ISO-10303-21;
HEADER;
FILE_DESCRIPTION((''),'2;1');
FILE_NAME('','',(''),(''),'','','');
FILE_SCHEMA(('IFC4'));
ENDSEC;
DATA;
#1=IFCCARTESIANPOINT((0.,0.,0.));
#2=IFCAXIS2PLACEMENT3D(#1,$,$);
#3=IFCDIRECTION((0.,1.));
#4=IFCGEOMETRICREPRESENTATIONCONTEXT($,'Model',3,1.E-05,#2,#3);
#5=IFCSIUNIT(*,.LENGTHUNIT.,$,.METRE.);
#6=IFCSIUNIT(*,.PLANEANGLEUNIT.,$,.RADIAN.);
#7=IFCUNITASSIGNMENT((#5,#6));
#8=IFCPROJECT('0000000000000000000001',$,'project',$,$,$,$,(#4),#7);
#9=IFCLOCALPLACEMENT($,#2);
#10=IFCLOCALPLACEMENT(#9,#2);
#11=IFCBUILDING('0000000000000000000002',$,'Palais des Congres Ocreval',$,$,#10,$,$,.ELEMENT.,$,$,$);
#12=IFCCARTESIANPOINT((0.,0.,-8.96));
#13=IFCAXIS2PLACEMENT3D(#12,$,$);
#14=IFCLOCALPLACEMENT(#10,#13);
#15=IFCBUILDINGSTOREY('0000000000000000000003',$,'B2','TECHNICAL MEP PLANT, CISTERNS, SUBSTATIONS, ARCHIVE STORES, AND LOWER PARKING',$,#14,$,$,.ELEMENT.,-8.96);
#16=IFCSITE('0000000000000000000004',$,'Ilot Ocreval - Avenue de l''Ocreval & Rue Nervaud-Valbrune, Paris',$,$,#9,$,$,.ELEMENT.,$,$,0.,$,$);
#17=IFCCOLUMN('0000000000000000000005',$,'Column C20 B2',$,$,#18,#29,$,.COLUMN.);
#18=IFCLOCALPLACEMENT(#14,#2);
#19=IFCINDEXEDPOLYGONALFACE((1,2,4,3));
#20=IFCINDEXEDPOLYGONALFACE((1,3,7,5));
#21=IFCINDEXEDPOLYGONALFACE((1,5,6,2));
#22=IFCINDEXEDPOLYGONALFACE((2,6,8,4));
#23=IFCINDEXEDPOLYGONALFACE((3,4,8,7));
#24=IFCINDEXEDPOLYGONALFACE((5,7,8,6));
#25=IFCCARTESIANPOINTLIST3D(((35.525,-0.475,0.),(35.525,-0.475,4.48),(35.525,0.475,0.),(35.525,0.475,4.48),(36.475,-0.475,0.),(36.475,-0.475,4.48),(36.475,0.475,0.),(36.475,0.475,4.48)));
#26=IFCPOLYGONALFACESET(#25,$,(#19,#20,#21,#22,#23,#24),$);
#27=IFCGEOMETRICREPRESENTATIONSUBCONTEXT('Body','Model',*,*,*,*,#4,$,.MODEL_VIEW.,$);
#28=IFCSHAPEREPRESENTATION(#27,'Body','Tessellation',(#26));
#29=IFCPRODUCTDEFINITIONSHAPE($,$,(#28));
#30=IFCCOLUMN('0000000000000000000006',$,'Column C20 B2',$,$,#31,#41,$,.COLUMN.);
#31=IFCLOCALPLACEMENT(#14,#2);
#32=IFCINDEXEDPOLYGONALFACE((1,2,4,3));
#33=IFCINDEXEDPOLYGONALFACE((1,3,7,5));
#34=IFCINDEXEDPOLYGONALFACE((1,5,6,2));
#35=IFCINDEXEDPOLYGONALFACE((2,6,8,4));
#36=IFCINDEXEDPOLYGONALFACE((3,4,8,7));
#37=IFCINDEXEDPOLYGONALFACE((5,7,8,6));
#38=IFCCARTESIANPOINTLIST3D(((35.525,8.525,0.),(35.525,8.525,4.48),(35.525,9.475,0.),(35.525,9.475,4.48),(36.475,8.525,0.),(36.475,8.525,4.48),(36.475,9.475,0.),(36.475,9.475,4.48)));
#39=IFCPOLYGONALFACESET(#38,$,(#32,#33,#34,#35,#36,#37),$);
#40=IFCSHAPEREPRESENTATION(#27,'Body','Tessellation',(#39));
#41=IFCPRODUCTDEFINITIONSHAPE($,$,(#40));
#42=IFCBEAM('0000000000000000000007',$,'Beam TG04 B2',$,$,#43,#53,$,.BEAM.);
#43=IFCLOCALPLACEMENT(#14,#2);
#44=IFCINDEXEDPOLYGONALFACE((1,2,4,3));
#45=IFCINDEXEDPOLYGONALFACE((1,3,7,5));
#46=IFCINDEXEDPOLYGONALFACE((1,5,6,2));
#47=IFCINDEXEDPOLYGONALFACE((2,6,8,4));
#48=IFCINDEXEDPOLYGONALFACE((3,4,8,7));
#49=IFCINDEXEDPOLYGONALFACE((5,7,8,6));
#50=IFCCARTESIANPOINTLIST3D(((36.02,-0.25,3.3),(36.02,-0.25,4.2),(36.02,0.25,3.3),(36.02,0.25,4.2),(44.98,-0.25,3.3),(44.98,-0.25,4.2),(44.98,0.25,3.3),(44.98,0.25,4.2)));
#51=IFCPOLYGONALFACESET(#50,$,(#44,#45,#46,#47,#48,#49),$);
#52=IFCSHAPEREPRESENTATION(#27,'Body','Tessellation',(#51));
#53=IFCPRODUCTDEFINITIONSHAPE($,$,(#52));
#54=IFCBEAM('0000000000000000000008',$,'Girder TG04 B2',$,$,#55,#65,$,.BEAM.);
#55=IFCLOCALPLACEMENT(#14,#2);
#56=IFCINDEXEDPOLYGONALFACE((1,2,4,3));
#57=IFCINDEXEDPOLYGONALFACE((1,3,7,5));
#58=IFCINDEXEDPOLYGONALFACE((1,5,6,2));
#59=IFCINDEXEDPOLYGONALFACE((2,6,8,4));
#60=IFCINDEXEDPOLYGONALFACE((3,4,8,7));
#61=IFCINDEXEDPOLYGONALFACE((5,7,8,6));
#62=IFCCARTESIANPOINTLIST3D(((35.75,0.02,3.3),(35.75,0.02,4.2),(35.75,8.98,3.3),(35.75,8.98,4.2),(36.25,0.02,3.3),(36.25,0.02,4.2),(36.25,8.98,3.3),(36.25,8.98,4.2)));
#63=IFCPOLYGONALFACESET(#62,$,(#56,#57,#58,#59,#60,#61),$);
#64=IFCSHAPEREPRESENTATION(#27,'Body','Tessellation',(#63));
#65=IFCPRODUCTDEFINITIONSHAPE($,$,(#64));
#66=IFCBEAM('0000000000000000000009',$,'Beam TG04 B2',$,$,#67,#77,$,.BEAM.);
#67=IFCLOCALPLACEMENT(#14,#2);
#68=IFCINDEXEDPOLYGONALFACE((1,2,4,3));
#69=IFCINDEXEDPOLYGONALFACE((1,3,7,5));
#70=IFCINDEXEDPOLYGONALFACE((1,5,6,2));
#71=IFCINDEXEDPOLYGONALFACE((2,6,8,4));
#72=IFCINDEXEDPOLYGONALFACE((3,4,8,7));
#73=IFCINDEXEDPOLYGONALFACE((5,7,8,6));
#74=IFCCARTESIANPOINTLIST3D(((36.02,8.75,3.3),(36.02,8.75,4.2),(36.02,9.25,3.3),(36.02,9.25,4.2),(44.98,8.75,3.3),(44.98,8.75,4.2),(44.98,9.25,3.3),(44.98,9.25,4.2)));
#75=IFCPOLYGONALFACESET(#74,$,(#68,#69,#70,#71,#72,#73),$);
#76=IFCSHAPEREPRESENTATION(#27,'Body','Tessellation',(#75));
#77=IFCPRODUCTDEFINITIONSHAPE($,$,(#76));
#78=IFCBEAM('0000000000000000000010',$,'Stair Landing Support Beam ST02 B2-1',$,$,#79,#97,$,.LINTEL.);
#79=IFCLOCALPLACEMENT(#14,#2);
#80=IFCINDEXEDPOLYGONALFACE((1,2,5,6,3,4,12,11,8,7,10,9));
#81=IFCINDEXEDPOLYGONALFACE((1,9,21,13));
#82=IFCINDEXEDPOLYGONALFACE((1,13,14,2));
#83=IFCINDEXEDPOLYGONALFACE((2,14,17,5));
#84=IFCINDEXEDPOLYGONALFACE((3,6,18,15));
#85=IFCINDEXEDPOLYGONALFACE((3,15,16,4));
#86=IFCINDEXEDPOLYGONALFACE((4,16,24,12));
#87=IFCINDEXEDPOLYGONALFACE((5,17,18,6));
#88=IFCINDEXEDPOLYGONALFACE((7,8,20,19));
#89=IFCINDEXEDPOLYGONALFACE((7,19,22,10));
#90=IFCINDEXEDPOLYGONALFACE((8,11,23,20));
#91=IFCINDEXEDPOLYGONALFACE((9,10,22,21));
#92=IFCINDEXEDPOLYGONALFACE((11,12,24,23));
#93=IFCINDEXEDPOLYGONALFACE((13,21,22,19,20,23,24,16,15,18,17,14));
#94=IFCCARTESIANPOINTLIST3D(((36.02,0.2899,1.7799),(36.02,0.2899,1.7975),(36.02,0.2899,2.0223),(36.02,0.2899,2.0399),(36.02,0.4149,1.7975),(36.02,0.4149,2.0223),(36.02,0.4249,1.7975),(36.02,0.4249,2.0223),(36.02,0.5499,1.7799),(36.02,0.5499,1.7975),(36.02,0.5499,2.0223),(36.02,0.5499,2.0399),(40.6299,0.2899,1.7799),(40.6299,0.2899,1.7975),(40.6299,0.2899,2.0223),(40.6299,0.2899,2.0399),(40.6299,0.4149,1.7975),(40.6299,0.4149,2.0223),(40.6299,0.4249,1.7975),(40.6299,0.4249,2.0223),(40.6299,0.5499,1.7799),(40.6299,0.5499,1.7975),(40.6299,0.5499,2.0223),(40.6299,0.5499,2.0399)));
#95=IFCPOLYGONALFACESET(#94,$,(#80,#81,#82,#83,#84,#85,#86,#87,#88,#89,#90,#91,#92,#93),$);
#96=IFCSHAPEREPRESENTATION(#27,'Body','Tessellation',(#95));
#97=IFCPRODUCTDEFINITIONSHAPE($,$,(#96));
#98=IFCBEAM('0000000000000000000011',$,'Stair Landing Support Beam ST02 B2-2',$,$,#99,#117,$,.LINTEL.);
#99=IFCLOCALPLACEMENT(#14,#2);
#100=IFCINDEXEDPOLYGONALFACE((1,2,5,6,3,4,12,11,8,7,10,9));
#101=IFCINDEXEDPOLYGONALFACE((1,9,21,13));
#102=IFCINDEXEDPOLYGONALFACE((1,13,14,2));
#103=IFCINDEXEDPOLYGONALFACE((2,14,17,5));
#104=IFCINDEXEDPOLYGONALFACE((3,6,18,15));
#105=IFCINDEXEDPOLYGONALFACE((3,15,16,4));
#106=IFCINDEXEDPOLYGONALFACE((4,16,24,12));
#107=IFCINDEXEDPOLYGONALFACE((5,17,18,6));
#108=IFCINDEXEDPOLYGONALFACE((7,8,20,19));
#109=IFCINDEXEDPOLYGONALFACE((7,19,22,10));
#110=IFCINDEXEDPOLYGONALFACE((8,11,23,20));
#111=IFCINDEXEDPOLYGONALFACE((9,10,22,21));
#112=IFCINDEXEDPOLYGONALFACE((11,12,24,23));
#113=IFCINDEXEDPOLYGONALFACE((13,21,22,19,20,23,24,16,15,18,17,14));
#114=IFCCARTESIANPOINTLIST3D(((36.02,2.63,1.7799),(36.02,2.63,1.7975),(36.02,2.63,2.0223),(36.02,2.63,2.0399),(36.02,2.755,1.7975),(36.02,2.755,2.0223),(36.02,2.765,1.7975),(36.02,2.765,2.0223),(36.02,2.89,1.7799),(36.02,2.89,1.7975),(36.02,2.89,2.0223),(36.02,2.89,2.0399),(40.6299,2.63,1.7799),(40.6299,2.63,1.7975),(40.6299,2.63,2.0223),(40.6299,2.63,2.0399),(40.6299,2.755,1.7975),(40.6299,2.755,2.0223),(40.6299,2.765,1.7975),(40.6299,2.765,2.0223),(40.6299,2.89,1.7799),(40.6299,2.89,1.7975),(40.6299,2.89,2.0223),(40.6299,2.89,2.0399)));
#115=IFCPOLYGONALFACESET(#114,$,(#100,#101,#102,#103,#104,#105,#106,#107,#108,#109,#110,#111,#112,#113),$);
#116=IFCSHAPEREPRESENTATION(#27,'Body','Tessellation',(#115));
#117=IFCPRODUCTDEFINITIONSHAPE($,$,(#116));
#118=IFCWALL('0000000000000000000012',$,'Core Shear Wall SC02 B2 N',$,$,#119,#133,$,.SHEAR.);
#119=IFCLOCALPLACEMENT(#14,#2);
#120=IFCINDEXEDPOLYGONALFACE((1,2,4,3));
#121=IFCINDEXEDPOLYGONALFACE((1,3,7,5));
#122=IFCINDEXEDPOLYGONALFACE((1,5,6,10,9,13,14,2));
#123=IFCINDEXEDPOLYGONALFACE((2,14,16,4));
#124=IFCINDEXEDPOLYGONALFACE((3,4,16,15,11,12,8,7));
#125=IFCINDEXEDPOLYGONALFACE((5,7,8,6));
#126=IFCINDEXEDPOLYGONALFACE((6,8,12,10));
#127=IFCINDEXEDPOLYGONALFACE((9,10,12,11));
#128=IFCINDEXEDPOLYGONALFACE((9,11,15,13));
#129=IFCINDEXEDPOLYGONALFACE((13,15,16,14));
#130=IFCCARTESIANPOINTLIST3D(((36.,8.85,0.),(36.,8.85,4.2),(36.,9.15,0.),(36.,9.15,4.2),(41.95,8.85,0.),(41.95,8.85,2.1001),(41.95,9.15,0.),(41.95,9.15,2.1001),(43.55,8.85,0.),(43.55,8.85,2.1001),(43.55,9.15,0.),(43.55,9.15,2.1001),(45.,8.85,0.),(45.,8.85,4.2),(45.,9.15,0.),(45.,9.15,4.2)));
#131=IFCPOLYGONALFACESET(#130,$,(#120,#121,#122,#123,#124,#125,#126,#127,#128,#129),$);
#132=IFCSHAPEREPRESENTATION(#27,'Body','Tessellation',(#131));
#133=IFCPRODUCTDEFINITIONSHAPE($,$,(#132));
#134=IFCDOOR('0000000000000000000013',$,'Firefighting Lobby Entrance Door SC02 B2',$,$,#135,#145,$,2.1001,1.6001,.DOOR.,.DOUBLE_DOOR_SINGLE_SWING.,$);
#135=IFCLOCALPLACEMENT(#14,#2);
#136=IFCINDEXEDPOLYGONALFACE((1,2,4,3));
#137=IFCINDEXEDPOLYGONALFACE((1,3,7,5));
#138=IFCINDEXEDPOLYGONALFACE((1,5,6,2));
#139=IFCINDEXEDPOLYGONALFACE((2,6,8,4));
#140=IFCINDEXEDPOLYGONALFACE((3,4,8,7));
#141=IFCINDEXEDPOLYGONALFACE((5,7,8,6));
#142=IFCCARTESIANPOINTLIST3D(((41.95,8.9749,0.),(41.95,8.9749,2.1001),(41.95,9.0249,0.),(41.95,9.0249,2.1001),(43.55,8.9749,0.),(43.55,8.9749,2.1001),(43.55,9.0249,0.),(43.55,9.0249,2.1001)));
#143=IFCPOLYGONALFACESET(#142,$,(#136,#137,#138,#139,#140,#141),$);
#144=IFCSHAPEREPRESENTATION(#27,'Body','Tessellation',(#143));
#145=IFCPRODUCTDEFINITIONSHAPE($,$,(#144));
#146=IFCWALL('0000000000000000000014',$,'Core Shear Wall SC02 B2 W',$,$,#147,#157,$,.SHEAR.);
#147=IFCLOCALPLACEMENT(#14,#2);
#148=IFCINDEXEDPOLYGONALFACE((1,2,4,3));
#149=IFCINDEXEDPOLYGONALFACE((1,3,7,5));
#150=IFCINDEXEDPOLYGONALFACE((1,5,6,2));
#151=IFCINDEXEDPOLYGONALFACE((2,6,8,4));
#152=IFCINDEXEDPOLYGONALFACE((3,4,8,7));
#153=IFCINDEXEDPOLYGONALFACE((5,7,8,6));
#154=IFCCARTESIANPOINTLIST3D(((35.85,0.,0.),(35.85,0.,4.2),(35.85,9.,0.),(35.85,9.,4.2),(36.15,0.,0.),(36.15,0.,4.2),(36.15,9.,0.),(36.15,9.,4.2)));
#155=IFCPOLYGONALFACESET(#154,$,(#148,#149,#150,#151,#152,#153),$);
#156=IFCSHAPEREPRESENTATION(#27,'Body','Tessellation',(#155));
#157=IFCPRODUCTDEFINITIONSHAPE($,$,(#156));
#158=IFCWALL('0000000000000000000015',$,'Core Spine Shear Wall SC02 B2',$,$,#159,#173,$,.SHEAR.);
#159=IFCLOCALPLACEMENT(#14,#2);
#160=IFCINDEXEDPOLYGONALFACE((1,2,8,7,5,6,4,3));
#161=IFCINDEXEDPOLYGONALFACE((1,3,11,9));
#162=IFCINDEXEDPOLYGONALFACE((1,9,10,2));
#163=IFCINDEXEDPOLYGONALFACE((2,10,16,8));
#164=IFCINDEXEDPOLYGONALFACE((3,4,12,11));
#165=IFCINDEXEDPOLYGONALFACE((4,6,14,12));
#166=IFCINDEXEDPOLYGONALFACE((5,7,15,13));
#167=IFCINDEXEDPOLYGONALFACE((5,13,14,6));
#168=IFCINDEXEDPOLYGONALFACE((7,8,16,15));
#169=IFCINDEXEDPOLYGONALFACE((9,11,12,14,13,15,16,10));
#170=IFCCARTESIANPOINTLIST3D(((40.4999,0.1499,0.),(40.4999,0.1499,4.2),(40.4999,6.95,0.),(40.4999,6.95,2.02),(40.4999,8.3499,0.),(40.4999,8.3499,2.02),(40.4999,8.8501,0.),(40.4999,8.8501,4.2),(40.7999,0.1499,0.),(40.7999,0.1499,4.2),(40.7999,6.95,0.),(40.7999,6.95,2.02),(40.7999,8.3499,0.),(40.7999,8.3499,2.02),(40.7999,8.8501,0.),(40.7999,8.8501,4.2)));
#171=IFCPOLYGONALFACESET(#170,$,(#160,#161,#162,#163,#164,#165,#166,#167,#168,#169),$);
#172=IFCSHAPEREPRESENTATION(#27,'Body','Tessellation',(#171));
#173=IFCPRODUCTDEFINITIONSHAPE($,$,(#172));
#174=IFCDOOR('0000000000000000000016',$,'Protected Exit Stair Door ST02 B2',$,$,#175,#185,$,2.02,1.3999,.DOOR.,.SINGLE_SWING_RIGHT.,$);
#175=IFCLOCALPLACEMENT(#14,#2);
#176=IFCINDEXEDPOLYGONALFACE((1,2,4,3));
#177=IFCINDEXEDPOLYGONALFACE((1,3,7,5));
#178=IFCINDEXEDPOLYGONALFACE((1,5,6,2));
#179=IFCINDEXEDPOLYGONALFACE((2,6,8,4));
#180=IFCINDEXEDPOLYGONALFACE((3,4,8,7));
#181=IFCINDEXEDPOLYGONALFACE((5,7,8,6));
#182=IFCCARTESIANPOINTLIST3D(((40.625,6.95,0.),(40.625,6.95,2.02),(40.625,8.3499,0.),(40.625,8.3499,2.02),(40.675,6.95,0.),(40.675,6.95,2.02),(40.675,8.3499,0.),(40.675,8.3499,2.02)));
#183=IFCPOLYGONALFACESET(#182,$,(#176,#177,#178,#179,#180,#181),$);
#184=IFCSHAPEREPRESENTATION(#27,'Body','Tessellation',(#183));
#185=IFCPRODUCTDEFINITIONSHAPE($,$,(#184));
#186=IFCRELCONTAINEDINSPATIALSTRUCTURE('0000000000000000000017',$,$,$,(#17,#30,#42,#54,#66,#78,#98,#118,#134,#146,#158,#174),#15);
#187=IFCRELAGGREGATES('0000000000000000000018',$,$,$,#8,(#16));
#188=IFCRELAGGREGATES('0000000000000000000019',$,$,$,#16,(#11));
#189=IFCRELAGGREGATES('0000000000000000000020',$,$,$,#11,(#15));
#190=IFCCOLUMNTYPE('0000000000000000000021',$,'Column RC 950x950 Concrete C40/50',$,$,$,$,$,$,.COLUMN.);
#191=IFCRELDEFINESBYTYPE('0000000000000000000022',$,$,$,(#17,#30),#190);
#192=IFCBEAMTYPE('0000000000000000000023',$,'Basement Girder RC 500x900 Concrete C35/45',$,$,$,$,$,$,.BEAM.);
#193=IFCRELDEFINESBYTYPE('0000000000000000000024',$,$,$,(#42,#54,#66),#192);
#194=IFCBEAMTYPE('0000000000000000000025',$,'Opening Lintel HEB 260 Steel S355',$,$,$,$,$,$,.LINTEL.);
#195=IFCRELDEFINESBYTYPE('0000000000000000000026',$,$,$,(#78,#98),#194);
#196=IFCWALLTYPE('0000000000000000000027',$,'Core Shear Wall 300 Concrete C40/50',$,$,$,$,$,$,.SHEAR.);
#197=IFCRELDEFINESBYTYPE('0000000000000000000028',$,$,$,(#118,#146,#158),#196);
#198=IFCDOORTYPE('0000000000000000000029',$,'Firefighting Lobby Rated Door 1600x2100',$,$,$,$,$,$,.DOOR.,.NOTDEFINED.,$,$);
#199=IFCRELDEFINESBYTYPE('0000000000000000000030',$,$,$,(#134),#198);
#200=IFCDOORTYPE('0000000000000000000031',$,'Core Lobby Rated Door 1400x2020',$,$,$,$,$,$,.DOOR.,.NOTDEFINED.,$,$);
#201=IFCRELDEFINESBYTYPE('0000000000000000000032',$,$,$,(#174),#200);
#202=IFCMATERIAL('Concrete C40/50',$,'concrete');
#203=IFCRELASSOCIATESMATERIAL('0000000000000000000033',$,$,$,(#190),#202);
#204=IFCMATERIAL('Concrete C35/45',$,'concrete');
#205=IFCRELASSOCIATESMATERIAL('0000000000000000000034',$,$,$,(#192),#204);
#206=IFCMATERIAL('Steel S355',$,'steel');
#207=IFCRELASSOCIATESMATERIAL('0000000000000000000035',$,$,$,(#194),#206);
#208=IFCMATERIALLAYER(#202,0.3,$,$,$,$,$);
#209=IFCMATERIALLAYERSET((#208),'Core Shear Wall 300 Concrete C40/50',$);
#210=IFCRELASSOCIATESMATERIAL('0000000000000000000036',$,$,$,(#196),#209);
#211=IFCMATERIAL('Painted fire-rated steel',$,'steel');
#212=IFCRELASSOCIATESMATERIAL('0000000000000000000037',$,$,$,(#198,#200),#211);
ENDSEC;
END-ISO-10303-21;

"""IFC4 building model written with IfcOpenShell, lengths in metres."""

from ifc_helpers import new_model, si_unit, direction, frame, frame_2d, origin, origin_2d, place, context, subcontext, project, spatial, rectangle, i_section, extrude, material, layer, layer_set, material_profile, profile_set, type_object, element, fill, save


model = new_model("IFC4")

# Units and contexts
model_context = context("Model", 3, precision=1e-05, world=origin(), true_north=direction((0.0, 1.0)))
body_context = subcontext(model_context, "Body", "Model", "MODEL_VIEW")
ifc_project = project(units=[si_unit("LENGTHUNIT", "METRE"), si_unit("PLANEANGLEUNIT", "RADIAN")], contexts=[model_context])

# Site, building, storey
site_placement = place(None, origin())
site = spatial("IfcSite", under=ifc_project, at=site_placement, Name="Ilot Ocreval - Avenue de l'Ocreval & Rue Nervaud-Valbrune, Paris", CompositionType="ELEMENT", RefElevation=0.0)
building_placement = place(site_placement, origin())
building = spatial("IfcBuilding", under=site, at=building_placement, Name="Palais des Congres Ocreval", CompositionType="ELEMENT")
storey_placement = place(building_placement, frame((0.0, 0.0, -8.96)))
storey = spatial("IfcBuildingStorey", under=building, at=storey_placement, Name="B2", Description="TECHNICAL MEP PLANT, CISTERNS, SUBSTATIONS, ARCHIVE STORES, AND LOWER PARKING", CompositionType="ELEMENT", Elevation=-8.96)

# Shared definitions
ifc_material_1 = material(Name="Concrete C35/45", Category="concrete")

# Columns
ifc_material_2 = material(Name="Concrete C40/50", Category="concrete")
ifc_material_profile_1 = material_profile(ifc_material_2, rectangle(XDim=0.95, YDim=0.95, at=origin_2d()), Name="RC 950x950")
ifc_profile_set_1 = profile_set([ifc_material_profile_1], Name="Concrete C40/50")
column_type = type_object("IfcColumnType", Name="Column RC 950x950 Concrete C40/50", PredefinedType="COLUMN", material=ifc_profile_set_1)
for number, where, z_axis, x_axis, name in (
    (1, (36.0, 0.0, 0.0), (0.0, 0.0, 1.0), (1.0, 0.0, 0.0), "Column C20 B2"),
    (2, (36.0, 9.0, 0.0), (0.0, 0.0, 1.0), (1.0, 0.0, 0.0), "Column C20 B2"),
):
    element("IfcColumn", number, at=place(storey_placement, frame(where, z_axis=z_axis, x_axis=x_axis)), inside=storey, type_object=column_type, Name=name, PredefinedType="COLUMN", context=body_context, shape_type="SweptSolid", body=[
        extrude(rectangle(XDim=0.95, YDim=0.95, at=origin_2d()), origin(), (0.0, 0.0, 1.0), 4.48),
    ])

# Beams
ifc_material_profile_2 = material_profile(ifc_material_1, rectangle(XDim=0.5, YDim=0.8999, at=origin_2d()), Name="RC 500x900")
ifc_profile_set_2 = profile_set([ifc_material_profile_2], Name="Concrete C35/45")
beam_type_1 = type_object("IfcBeamType", Name="Basement Girder RC 500x900 Concrete C35/45", PredefinedType="BEAM", material=ifc_profile_set_2)
for number, where, z_axis, x_axis, name in (
    (3, (36.02, 0.0, 3.75), (1.0, 0.0, 0.0), (0.0, 1.0, 0.0), "Beam TG04 B2"),
    (4, (36.0, 0.02, 3.75), (0.0, 1.0, 0.0), (-1.0, 0.0, 0.0), "Girder TG04 B2"),
    (5, (36.02, 9.0, 3.75), (1.0, 0.0, 0.0), (0.0, 1.0, 0.0), "Beam TG04 B2"),
):
    element("IfcBeam", number, at=place(storey_placement, frame(where, z_axis=z_axis, x_axis=x_axis)), inside=storey, type_object=beam_type_1, Name=name, PredefinedType="BEAM", context=body_context, shape_type="SweptSolid", body=[
        extrude(rectangle(XDim=0.5, YDim=0.8999, at=origin_2d()), origin(), (0.0, 0.0, 1.0), 8.96),
    ])
ifc_material_3 = material(Name="Steel S355", Category="steel")
ifc_material_profile_3 = material_profile(ifc_material_3, i_section(OverallWidth=0.26, OverallDepth=0.26, WebThickness=0.01, FlangeThickness=0.0176, at=origin_2d()), Name="HEB 260")
ifc_profile_set_3 = profile_set([ifc_material_profile_3], Name="Steel S355")
beam_type_2 = type_object("IfcBeamType", Name="Opening Lintel HEB 260 Steel S355", PredefinedType="LINTEL", material=ifc_profile_set_3)
for number, where, z_axis, x_axis, name in (
    (6, (36.02, 0.4199, 1.9099), (1.0, 0.0, 0.0), (0.0, 1.0, 0.0), "Stair Landing Support Beam ST02 B2-1"),
    (7, (36.02, 2.76, 1.9099), (1.0, 0.0, 0.0), (0.0, 1.0, 0.0), "Stair Landing Support Beam ST02 B2-2"),
):
    element("IfcBeam", number, at=place(storey_placement, frame(where, z_axis=z_axis, x_axis=x_axis)), inside=storey, type_object=beam_type_2, Name=name, PredefinedType="LINTEL", context=body_context, shape_type="SweptSolid", body=[
        extrude(i_section(OverallWidth=0.26, OverallDepth=0.26, WebThickness=0.01, FlangeThickness=0.0176, at=origin_2d()), origin(), (0.0, 0.0, 1.0), 4.6099),
    ])

# Wall, opening, door
ifc_layer_1 = layer(ifc_material_2, 0.3)
ifc_layer_set_1 = layer_set([ifc_layer_1], Name="Core Shear Wall 300 Concrete C40/50")
wall_type_1 = type_object("IfcWallType", Name="Core Shear Wall 300 Concrete C40/50", PredefinedType="SHEAR", material=ifc_layer_set_1)
wall_1_placement = place(storey_placement, frame((36.0, 9.0, 0.0), z_axis=(0.0, 0.0, 1.0), x_axis=(1.0, 0.0, 0.0)))
wall_1 = element("IfcWall", 8, at=wall_1_placement, inside=storey, type_object=wall_type_1, Name="Core Shear Wall SC02 B2 N", PredefinedType="SHEAR", context=body_context, shape_type="SweptSolid", body=[
    extrude(rectangle(XDim=9.0, YDim=0.3, at=frame_2d((4.5, 0.0))), origin(), (0.0, 0.0, 1.0), 4.2),
])
opening_1_placement = place(wall_1_placement, frame((5.95, 0.0, 0.0)))
opening_1 = element("IfcOpeningElement", 9, at=opening_1_placement, cuts=wall_1, PredefinedType="OPENING", context=body_context, shape_type="SweptSolid", body=[
    extrude(rectangle(XDim=1.6001, YDim=2.1001, at=frame_2d((0.8, 1.05))), frame((0.0, 0.1599, 0.0), z_axis=(0.0, -1.0, 0.0), x_axis=(1.0, 0.0, 0.0)), (0.0, 0.0, 1.0), 0.3201),
])
ifc_material_4 = material(Name="Painted fire-rated steel", Category="steel")
door_type_1 = type_object("IfcDoorType", Name="Firefighting Lobby Rated Door 1600x2100", OperationType="NOTDEFINED", PredefinedType="DOOR", material=ifc_material_4)
door_1_placement = place(opening_1_placement, origin())
door_1 = element("IfcDoor", 10, at=door_1_placement, inside=storey, type_object=door_type_1, Name="Firefighting Lobby Entrance Door SC02 B2", OperationType="DOUBLE_DOOR_SINGLE_SWING", OverallHeight=2.1001, OverallWidth=1.6001, PredefinedType="DOOR", context=body_context, shape_type="SweptSolid", body=[
    extrude(rectangle(XDim=1.6001, YDim=2.1001, at=frame_2d((0.8, 1.05))), frame((0.0, 0.0249, 0.0), z_axis=(0.0, -1.0, 0.0), x_axis=(1.0, 0.0, 0.0)), (0.0, 0.0, 1.0), 0.05),
])
fill(opening_1, door_1)

# Wall
wall_2_placement = place(storey_placement, frame((36.0, 0.0, 0.0), z_axis=(0.0, 0.0, 1.0), x_axis=(0.0, 1.0, 0.0)))
element("IfcWall", 11, at=wall_2_placement, inside=storey, type_object=wall_type_1, Name="Core Shear Wall SC02 B2 W", PredefinedType="SHEAR", context=body_context, shape_type="SweptSolid", body=[
    extrude(rectangle(XDim=9.0, YDim=0.3, at=frame_2d((4.5, 0.0))), origin(), (0.0, 0.0, 1.0), 4.2),
])

# Wall, opening, door
wall_3_placement = place(storey_placement, frame((40.6499, 0.1499, 0.0), z_axis=(0.0, 0.0, 1.0), x_axis=(0.0, 1.0, 0.0)))
wall_3 = element("IfcWall", 12, at=wall_3_placement, inside=storey, type_object=wall_type_1, Name="Core Spine Shear Wall SC02 B2", PredefinedType="SHEAR", context=body_context, shape_type="SweptSolid", body=[
    extrude(rectangle(XDim=8.7002, YDim=0.3, at=frame_2d((4.3501, 0.0))), origin(), (0.0, 0.0, 1.0), 4.2),
])
opening_2_placement = place(wall_3_placement, frame((6.8, 0.0, 0.0)))
opening_2 = element("IfcOpeningElement", 13, at=opening_2_placement, cuts=wall_3, PredefinedType="OPENING", context=body_context, shape_type="SweptSolid", body=[
    extrude(rectangle(XDim=1.3999, YDim=2.02, at=frame_2d((0.7, 1.01))), frame((0.0, 0.1599, 0.0), z_axis=(0.0, -1.0, 0.0), x_axis=(1.0, 0.0, 0.0)), (0.0, 0.0, 1.0), 0.3201),
])
door_type_2 = type_object("IfcDoorType", Name="Core Lobby Rated Door 1400x2020", OperationType="NOTDEFINED", PredefinedType="DOOR", material=ifc_material_4)
door_2_placement = place(opening_2_placement, origin())
door_2 = element("IfcDoor", 14, at=door_2_placement, inside=storey, type_object=door_type_2, Name="Protected Exit Stair Door ST02 B2", OperationType="SINGLE_SWING_RIGHT", OverallHeight=2.02, OverallWidth=1.3999, PredefinedType="DOOR", context=body_context, shape_type="SweptSolid", body=[
    extrude(rectangle(XDim=1.3999, YDim=2.02, at=frame_2d((0.7, 1.01))), frame((0.0, 0.0249, 0.0), z_axis=(0.0, -1.0, 0.0), x_axis=(1.0, 0.0, 0.0)), (0.0, 0.0, 1.0), 0.05),
])
fill(opening_2, door_2)

save(model, "model.ifc")
